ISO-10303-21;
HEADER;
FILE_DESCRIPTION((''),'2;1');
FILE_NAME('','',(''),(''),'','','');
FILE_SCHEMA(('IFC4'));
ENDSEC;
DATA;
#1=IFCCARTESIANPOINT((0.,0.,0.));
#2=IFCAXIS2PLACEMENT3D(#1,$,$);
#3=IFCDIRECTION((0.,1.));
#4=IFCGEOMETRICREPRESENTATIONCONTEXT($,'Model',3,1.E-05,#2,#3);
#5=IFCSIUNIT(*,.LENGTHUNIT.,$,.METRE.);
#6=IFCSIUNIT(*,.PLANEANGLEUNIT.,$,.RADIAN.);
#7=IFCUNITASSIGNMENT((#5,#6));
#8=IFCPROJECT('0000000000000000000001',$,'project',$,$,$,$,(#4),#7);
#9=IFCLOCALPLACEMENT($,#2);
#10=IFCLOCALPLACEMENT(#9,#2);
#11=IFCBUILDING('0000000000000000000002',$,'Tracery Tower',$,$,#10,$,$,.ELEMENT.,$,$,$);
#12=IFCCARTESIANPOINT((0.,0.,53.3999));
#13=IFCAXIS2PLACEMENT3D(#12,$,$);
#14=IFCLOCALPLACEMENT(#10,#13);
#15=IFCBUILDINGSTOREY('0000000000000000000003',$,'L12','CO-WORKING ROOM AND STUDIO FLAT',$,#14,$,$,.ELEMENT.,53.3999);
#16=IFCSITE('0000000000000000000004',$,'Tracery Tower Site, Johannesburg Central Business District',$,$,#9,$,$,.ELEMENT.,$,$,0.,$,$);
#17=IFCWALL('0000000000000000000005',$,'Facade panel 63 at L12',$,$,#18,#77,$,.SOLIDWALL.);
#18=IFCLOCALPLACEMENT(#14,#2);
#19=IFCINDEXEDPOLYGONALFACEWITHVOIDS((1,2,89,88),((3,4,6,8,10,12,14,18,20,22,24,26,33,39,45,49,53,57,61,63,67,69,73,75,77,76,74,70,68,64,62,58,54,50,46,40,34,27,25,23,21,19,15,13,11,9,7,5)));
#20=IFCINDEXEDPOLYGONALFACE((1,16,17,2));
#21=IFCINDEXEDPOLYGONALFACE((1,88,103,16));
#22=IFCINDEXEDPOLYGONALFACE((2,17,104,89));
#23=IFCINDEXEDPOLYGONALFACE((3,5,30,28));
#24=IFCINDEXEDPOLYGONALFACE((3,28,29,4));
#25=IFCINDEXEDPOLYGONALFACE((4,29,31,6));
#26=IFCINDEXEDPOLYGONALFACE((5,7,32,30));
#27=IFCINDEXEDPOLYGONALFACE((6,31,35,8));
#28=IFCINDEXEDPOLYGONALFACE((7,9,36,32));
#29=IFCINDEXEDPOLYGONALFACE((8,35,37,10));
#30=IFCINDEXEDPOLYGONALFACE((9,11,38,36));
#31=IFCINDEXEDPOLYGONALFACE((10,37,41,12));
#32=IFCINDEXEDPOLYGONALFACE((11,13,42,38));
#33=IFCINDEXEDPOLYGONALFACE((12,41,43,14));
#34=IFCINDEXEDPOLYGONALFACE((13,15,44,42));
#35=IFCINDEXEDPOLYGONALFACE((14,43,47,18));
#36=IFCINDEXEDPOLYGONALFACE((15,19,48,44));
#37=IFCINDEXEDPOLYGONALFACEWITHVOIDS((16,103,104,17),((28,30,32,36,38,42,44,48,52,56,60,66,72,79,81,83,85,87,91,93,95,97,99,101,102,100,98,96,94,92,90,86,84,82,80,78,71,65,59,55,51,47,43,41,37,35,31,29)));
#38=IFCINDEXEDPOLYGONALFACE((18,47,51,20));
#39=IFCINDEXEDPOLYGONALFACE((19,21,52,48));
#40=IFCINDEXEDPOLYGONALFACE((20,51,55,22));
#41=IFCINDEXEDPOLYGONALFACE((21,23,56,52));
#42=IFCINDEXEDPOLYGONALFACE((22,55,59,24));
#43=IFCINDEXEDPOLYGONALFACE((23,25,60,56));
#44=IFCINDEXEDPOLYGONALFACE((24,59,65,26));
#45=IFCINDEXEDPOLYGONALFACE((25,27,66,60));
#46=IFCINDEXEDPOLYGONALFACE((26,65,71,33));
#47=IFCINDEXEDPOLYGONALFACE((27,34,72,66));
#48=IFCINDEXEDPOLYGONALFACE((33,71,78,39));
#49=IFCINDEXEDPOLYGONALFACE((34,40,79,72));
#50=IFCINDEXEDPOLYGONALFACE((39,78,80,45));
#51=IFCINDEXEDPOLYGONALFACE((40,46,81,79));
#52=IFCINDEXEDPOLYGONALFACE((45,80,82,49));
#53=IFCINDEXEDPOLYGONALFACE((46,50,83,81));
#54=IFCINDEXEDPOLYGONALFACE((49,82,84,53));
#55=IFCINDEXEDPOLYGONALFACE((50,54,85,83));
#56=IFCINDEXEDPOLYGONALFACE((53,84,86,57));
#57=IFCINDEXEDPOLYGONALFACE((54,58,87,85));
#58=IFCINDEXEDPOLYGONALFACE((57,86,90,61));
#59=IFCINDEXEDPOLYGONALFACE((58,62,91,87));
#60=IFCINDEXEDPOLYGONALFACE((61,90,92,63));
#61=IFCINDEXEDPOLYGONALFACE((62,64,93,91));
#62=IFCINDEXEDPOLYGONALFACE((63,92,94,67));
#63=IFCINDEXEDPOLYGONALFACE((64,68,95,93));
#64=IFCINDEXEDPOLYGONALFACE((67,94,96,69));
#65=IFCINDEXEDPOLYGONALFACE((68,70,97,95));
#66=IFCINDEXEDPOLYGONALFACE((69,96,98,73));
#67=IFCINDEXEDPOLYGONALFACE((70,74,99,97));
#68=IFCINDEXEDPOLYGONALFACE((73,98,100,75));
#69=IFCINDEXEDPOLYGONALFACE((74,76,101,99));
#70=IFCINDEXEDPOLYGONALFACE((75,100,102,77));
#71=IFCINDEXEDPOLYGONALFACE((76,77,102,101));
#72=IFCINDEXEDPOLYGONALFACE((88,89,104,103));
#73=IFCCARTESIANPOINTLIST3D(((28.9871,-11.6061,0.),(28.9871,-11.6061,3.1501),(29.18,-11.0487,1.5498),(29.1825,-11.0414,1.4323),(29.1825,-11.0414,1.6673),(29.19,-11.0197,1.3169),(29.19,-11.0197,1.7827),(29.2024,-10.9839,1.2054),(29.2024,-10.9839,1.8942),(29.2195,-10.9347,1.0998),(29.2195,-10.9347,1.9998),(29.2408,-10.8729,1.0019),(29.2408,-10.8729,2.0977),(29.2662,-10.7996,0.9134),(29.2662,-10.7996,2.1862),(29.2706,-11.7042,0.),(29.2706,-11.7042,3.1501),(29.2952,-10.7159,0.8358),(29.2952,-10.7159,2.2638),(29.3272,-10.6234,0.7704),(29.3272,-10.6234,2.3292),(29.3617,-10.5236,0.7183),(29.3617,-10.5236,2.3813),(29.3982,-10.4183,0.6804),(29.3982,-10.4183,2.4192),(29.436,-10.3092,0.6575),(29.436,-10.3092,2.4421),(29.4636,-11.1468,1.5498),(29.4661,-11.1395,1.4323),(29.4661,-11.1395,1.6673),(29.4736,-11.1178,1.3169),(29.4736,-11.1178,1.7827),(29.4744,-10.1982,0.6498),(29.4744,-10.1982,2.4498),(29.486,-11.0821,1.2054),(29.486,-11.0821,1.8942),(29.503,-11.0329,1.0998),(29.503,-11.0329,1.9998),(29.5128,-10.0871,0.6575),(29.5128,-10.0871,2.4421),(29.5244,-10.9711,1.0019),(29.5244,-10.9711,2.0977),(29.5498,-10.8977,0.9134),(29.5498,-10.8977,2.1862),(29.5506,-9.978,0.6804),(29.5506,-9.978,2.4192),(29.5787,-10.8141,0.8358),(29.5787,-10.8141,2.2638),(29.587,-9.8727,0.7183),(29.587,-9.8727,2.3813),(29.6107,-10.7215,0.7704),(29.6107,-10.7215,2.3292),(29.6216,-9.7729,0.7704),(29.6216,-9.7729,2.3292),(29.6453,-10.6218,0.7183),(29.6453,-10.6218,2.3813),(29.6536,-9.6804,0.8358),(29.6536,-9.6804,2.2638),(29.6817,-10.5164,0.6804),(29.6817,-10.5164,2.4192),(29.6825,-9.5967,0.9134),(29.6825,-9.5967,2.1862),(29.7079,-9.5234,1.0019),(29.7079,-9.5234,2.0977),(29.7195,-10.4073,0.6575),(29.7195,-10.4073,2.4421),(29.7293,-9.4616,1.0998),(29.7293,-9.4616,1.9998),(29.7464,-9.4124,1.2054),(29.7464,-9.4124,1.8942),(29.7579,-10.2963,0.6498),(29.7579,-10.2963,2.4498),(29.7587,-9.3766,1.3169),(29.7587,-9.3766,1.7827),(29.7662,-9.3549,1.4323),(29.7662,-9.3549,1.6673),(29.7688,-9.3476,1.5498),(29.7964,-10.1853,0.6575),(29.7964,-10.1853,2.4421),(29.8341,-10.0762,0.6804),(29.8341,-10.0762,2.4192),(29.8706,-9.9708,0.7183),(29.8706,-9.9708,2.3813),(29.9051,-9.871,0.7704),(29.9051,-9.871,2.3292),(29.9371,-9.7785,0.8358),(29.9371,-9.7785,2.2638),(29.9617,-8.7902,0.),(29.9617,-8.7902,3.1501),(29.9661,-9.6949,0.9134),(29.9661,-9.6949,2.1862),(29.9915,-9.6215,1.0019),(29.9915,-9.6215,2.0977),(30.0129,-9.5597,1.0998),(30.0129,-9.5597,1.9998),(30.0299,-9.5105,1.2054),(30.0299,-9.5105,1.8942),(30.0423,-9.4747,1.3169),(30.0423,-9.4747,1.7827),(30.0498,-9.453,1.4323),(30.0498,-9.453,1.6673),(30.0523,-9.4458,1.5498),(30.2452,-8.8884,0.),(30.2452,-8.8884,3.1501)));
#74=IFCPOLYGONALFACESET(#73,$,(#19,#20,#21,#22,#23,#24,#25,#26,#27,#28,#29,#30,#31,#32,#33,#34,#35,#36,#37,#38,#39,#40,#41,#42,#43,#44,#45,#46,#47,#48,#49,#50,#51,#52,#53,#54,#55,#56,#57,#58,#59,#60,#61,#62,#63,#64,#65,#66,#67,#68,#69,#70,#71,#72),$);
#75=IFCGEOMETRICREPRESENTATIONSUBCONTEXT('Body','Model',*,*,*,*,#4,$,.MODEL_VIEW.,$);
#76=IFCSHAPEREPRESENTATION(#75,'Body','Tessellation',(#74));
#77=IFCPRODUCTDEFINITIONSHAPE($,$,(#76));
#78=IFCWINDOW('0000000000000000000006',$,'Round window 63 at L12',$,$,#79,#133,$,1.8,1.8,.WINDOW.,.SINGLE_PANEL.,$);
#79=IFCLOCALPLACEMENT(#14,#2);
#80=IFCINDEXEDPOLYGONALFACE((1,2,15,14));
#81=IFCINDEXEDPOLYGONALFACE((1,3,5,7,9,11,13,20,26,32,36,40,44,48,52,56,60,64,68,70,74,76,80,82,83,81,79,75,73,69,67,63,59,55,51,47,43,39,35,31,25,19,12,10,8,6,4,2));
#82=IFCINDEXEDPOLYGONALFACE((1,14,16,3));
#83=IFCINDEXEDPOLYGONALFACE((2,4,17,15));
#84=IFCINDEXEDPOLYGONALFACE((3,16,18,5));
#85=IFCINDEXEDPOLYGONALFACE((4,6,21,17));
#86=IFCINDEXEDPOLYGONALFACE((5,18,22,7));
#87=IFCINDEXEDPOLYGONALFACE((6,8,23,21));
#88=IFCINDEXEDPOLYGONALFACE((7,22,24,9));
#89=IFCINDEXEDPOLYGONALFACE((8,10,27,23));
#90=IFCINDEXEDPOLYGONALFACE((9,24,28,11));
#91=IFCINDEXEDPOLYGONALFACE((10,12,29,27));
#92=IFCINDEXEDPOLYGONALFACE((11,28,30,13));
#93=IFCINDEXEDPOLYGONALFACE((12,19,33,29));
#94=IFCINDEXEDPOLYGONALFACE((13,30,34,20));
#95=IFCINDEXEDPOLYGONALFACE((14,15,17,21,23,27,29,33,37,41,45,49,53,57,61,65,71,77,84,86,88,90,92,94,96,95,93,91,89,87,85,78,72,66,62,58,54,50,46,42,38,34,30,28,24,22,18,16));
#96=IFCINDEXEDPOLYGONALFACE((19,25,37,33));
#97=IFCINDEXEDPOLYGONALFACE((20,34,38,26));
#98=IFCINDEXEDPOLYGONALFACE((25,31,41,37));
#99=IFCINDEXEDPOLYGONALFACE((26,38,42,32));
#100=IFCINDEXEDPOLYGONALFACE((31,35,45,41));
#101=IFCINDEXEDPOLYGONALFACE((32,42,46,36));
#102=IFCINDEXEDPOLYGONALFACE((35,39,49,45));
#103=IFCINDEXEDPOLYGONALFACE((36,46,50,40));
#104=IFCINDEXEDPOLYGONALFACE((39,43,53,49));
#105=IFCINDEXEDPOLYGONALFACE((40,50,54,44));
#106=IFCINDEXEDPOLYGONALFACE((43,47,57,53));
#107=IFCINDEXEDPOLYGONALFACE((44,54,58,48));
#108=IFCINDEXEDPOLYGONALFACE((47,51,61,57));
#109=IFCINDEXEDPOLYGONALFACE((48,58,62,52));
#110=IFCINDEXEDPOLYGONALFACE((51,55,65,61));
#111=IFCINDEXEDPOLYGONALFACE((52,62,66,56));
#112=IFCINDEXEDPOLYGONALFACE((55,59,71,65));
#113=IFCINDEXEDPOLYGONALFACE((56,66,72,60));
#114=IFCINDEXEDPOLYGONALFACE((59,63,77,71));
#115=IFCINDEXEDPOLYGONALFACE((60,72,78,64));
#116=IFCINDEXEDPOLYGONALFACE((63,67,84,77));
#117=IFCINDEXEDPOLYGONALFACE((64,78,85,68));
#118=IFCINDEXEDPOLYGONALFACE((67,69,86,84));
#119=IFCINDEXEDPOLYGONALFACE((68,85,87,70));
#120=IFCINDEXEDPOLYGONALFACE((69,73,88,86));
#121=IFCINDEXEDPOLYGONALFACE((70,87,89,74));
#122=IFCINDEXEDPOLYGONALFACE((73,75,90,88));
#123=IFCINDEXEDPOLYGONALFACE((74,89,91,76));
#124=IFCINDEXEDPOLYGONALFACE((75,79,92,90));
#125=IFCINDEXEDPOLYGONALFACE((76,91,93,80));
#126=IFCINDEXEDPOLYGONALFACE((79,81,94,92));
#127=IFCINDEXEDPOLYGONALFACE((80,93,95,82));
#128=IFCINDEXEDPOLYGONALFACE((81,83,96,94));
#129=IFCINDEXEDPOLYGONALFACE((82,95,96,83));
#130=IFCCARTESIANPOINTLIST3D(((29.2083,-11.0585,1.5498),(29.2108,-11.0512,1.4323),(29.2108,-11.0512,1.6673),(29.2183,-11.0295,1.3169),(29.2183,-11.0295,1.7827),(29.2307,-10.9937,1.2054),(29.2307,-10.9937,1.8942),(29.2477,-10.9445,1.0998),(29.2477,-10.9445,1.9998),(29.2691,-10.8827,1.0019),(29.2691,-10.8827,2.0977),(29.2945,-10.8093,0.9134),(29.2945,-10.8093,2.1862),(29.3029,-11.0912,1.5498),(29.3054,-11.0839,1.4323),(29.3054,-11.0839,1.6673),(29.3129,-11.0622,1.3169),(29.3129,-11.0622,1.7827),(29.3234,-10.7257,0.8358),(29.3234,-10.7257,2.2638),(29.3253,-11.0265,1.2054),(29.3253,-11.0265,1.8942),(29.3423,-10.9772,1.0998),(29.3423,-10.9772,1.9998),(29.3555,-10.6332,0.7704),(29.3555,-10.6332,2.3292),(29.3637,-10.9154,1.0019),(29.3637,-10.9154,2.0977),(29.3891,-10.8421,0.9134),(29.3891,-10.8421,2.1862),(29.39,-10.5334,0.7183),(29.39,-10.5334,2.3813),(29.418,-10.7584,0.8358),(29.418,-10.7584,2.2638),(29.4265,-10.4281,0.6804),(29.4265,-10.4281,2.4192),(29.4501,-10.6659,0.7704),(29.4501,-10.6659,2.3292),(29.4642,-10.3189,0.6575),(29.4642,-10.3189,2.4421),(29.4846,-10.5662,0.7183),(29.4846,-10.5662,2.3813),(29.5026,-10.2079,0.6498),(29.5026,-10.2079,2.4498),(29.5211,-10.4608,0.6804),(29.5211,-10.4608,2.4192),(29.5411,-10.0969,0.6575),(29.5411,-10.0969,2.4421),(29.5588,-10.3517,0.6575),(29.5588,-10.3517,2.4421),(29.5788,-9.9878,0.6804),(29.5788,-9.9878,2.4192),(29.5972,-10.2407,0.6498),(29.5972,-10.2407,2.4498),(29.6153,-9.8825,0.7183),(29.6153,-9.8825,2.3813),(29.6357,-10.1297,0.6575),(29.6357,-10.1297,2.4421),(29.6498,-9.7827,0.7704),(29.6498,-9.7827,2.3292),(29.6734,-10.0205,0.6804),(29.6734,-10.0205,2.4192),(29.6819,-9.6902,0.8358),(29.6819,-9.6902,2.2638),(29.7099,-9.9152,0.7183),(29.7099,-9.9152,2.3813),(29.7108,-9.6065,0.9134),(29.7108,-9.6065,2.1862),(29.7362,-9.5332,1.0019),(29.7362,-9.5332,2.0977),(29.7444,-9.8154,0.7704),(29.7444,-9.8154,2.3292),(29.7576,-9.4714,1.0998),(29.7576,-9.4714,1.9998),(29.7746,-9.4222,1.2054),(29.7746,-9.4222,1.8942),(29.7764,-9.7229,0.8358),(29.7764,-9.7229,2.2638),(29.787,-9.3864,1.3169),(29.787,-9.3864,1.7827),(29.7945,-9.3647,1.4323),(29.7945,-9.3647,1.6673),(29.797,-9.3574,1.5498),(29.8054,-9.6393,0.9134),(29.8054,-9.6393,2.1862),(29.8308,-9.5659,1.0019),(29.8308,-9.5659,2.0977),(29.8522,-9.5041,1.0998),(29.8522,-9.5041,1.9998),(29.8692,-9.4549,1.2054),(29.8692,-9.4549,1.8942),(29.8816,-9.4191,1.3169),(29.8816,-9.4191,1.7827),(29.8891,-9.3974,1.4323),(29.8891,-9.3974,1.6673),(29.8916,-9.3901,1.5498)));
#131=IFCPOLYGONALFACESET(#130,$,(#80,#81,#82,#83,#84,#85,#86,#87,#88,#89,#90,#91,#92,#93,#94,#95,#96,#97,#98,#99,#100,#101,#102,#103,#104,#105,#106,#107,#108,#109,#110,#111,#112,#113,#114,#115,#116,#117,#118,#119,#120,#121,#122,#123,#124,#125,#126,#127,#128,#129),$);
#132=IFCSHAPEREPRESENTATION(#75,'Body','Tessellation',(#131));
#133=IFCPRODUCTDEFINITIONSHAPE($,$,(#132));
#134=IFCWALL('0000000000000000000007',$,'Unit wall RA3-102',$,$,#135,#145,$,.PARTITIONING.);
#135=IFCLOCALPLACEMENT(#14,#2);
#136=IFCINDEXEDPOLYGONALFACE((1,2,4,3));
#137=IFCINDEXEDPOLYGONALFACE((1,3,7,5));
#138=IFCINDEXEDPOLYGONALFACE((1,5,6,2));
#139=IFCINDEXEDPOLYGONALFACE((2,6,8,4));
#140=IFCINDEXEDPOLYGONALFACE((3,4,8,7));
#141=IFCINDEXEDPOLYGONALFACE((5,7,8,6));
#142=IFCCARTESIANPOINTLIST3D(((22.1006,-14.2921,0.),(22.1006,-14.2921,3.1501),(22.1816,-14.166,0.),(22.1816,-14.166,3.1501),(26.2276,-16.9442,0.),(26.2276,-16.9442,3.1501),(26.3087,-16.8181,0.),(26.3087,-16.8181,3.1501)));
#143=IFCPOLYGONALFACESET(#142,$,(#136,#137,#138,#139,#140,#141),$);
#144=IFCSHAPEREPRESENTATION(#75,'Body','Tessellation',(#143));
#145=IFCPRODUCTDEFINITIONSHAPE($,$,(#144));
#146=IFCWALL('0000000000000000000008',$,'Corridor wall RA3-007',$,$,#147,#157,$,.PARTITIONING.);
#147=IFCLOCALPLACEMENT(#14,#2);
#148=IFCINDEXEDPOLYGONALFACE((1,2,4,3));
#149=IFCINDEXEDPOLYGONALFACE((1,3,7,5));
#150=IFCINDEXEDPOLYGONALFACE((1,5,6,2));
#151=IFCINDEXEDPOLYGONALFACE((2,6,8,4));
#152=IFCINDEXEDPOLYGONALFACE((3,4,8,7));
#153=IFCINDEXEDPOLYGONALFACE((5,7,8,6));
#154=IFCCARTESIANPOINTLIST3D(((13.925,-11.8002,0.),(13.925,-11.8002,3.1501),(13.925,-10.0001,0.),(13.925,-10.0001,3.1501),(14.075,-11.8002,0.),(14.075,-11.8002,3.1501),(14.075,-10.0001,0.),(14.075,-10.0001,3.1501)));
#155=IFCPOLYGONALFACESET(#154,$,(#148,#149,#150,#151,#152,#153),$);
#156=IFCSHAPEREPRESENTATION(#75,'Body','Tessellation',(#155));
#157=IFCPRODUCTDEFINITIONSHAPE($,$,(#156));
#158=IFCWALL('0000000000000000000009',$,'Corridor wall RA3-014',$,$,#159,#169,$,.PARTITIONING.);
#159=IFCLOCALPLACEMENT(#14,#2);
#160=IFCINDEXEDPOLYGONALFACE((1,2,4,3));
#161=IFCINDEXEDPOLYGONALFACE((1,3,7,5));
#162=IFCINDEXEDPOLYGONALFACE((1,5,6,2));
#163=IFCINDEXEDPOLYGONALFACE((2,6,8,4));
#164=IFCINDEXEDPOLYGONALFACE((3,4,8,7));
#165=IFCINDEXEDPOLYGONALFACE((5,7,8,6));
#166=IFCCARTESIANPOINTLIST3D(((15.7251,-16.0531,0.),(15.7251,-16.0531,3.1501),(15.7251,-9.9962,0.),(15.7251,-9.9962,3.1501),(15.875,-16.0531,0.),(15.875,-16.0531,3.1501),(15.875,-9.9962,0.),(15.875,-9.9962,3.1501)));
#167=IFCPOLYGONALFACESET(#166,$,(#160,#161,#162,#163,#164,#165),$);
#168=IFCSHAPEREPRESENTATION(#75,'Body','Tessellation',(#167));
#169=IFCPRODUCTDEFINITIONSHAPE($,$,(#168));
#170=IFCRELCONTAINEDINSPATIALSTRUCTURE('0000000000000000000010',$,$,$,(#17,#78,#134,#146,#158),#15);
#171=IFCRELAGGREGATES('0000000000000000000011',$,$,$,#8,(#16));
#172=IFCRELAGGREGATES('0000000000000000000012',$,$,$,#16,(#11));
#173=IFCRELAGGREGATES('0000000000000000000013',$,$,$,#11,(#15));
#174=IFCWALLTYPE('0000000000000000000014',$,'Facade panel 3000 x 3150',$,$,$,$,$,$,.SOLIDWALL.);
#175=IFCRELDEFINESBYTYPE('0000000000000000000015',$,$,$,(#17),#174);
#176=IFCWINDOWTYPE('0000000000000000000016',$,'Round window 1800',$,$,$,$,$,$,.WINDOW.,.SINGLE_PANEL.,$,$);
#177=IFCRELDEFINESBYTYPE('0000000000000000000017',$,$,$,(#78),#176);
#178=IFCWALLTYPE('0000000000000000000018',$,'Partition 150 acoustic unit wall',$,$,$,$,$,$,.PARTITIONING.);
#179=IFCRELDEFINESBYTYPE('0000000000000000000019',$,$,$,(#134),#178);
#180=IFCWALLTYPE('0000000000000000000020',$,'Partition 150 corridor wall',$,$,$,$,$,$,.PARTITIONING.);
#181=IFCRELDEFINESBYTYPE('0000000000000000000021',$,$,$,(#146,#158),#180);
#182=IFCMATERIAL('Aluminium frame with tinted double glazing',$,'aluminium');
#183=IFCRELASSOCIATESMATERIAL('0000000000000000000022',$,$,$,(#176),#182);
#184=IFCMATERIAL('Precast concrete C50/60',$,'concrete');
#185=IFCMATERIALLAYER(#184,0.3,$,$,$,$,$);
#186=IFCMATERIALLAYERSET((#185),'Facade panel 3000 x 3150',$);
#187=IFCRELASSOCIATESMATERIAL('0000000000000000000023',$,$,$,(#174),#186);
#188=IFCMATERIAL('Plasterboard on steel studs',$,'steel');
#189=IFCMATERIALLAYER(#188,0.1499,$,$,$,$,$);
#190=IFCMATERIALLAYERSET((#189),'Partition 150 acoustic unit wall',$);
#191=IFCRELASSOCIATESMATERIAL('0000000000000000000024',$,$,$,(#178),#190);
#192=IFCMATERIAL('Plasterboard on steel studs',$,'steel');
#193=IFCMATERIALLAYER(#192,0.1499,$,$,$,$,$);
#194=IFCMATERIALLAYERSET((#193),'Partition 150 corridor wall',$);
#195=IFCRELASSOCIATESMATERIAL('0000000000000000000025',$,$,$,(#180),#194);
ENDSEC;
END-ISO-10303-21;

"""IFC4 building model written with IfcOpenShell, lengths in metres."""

from ifc_helpers import new_model, si_unit, direction, frame, frame_2d, origin, origin_2d, place, context, subcontext, project, spatial, rectangle, circle, extrude, material, layer, layer_set, type_object, element, fill, save


model = new_model("IFC4")

# Units and contexts
model_context = context("Model", 3, precision=1e-05, world=origin(), true_north=direction((0.0, 1.0)))
body_context = subcontext(model_context, "Body", "Model", "MODEL_VIEW")
ifc_project = project(units=[si_unit("LENGTHUNIT", "METRE"), si_unit("PLANEANGLEUNIT", "RADIAN")], contexts=[model_context])

# Site, building, storey
site_placement = place(None, origin())
site = spatial("IfcSite", under=ifc_project, at=site_placement, Name="Tracery Tower Site, Johannesburg Central Business District", CompositionType="ELEMENT", RefElevation=0.0)
building_placement = place(site_placement, origin())
building = spatial("IfcBuilding", under=site, at=building_placement, Name="Tracery Tower", CompositionType="ELEMENT")
storey_placement = place(building_placement, frame((0.0, 0.0, 53.3999)))
storey = spatial("IfcBuildingStorey", under=building, at=storey_placement, Name="L12", Description="CO-WORKING ROOM AND STUDIO FLAT", CompositionType="ELEMENT", Elevation=53.3999)

# Wall, opening, window
ifc_material_1 = material(Name="Aluminium frame with tinted double glazing", Category="aluminium")
window_type = type_object("IfcWindowType", Name="Round window 1800", PartitioningType="SINGLE_PANEL", PredefinedType="WINDOW", material=ifc_material_1)
ifc_material_2 = material(Name="Precast concrete C50/60", Category="concrete")
ifc_layer_1 = layer(ifc_material_2, 0.3)
ifc_layer_set_1 = layer_set([ifc_layer_1], Name="Facade panel 3000 x 3150")
wall_type_1 = type_object("IfcWallType", Name="Facade panel 3000 x 3150", PredefinedType="SOLIDWALL", material=ifc_layer_set_1)
wall_1_placement = place(storey_placement, frame((29.1289, -11.655, 0.0), z_axis=(0.0, 0.0, 1.0), x_axis=(0.327071, 0.945, 0.0)))
wall_1 = element("IfcWall", 1, at=wall_1_placement, inside=storey, type_object=wall_type_1, Name="Facade panel 63 at L12", PredefinedType="SOLIDWALL", context=body_context, shape_type="SweptSolid", body=[
    extrude(rectangle(XDim=2.9797, YDim=0.3, at=frame_2d((1.4897, 0.0))), origin(), (0.0, 0.0, 1.0), 3.1501),
])
opening_1_placement = place(wall_1_placement, frame((1.4897, 0.0, 1.5498)))
opening_1 = element("IfcOpeningElement", 2, at=opening_1_placement, cuts=wall_1, PredefinedType="OPENING", context=body_context, shape_type="SweptSolid", body=[
    extrude(circle(Radius=0.9, at=origin_2d()), frame((0.0, 0.1599, 0.0), z_axis=(0.0, -1.0, 0.0), x_axis=(1.0, 0.0, 0.0)), (0.0, 0.0, 1.0), 0.3201),
])
window_1_placement = place(opening_1_placement, origin())
window_1 = element("IfcWindow", 3, at=window_1_placement, inside=storey, type_object=window_type, Name="Round window 63 at L12", OverallHeight=1.8, OverallWidth=1.8, PartitioningType="SINGLE_PANEL", PredefinedType="WINDOW", context=body_context, shape_type="SweptSolid", body=[
    extrude(circle(Radius=0.9, at=origin_2d()), frame((0.0, 0.1201, 0.0), z_axis=(0.0, -1.0, 0.0), x_axis=(1.0, 0.0, 0.0)), (0.0, 0.0, 1.0), 0.1001),
])
fill(opening_1, window_1)

# Walls
ifc_material_3 = material(Name="Plasterboard on steel studs", Category="steel")
ifc_layer_2 = layer(ifc_material_3, 0.1499)
ifc_layer_set_2 = layer_set([ifc_layer_2], Name="Partition 150 acoustic unit wall")
wall_type_2 = type_object("IfcWallType", Name="Partition 150 acoustic unit wall", PredefinedType="PARTITIONING", material=ifc_layer_set_2)
wall_2_placement = place(storey_placement, frame((22.1411, -14.229, 0.0), z_axis=(0.0, 0.0, 1.0), x_axis=(0.841266, -0.540622, 0.0)))
element("IfcWall", 4, at=wall_2_placement, inside=storey, type_object=wall_type_2, Name="Unit wall RA3-102", PredefinedType="PARTITIONING", context=body_context, shape_type="SweptSolid", body=[
    extrude(rectangle(XDim=4.9058, YDim=0.1499, at=frame_2d((2.4529, 0.0))), origin(), (0.0, 0.0, 1.0), 3.1501),
])
ifc_material_4 = material(Name="Plasterboard on steel studs", Category="steel")
ifc_layer_3 = layer(ifc_material_4, 0.1499)
ifc_layer_set_3 = layer_set([ifc_layer_3], Name="Partition 150 corridor wall")
wall_type_3 = type_object("IfcWallType", Name="Partition 150 corridor wall", PredefinedType="PARTITIONING", material=ifc_layer_set_3)
wall_3_placement = place(storey_placement, frame((14.0, -11.8, 0.0), z_axis=(0.0, 0.0, 1.0), x_axis=(0.0, 1.0, 0.0)))
element("IfcWall", 5, at=wall_3_placement, inside=storey, type_object=wall_type_3, Name="Corridor wall RA3-007", PredefinedType="PARTITIONING", context=body_context, shape_type="SweptSolid", body=[
    extrude(rectangle(XDim=1.8, YDim=0.1499, at=frame_2d((0.8999, 0.0))), origin(), (0.0, 0.0, 1.0), 3.1501),
])
wall_4_placement = place(storey_placement, frame((15.8, -16.053, 0.0), z_axis=(0.0, 0.0, 1.0), x_axis=(0.0, 1.0, 0.0)))
element("IfcWall", 6, at=wall_4_placement, inside=storey, type_object=wall_type_3, Name="Corridor wall RA3-014", PredefinedType="PARTITIONING", context=body_context, shape_type="SweptSolid", body=[
    extrude(rectangle(XDim=6.0569, YDim=0.1499, at=frame_2d((3.0283, 0.0))), origin(), (0.0, 0.0, 1.0), 3.1501),
])

save(model, "model.ifc")
